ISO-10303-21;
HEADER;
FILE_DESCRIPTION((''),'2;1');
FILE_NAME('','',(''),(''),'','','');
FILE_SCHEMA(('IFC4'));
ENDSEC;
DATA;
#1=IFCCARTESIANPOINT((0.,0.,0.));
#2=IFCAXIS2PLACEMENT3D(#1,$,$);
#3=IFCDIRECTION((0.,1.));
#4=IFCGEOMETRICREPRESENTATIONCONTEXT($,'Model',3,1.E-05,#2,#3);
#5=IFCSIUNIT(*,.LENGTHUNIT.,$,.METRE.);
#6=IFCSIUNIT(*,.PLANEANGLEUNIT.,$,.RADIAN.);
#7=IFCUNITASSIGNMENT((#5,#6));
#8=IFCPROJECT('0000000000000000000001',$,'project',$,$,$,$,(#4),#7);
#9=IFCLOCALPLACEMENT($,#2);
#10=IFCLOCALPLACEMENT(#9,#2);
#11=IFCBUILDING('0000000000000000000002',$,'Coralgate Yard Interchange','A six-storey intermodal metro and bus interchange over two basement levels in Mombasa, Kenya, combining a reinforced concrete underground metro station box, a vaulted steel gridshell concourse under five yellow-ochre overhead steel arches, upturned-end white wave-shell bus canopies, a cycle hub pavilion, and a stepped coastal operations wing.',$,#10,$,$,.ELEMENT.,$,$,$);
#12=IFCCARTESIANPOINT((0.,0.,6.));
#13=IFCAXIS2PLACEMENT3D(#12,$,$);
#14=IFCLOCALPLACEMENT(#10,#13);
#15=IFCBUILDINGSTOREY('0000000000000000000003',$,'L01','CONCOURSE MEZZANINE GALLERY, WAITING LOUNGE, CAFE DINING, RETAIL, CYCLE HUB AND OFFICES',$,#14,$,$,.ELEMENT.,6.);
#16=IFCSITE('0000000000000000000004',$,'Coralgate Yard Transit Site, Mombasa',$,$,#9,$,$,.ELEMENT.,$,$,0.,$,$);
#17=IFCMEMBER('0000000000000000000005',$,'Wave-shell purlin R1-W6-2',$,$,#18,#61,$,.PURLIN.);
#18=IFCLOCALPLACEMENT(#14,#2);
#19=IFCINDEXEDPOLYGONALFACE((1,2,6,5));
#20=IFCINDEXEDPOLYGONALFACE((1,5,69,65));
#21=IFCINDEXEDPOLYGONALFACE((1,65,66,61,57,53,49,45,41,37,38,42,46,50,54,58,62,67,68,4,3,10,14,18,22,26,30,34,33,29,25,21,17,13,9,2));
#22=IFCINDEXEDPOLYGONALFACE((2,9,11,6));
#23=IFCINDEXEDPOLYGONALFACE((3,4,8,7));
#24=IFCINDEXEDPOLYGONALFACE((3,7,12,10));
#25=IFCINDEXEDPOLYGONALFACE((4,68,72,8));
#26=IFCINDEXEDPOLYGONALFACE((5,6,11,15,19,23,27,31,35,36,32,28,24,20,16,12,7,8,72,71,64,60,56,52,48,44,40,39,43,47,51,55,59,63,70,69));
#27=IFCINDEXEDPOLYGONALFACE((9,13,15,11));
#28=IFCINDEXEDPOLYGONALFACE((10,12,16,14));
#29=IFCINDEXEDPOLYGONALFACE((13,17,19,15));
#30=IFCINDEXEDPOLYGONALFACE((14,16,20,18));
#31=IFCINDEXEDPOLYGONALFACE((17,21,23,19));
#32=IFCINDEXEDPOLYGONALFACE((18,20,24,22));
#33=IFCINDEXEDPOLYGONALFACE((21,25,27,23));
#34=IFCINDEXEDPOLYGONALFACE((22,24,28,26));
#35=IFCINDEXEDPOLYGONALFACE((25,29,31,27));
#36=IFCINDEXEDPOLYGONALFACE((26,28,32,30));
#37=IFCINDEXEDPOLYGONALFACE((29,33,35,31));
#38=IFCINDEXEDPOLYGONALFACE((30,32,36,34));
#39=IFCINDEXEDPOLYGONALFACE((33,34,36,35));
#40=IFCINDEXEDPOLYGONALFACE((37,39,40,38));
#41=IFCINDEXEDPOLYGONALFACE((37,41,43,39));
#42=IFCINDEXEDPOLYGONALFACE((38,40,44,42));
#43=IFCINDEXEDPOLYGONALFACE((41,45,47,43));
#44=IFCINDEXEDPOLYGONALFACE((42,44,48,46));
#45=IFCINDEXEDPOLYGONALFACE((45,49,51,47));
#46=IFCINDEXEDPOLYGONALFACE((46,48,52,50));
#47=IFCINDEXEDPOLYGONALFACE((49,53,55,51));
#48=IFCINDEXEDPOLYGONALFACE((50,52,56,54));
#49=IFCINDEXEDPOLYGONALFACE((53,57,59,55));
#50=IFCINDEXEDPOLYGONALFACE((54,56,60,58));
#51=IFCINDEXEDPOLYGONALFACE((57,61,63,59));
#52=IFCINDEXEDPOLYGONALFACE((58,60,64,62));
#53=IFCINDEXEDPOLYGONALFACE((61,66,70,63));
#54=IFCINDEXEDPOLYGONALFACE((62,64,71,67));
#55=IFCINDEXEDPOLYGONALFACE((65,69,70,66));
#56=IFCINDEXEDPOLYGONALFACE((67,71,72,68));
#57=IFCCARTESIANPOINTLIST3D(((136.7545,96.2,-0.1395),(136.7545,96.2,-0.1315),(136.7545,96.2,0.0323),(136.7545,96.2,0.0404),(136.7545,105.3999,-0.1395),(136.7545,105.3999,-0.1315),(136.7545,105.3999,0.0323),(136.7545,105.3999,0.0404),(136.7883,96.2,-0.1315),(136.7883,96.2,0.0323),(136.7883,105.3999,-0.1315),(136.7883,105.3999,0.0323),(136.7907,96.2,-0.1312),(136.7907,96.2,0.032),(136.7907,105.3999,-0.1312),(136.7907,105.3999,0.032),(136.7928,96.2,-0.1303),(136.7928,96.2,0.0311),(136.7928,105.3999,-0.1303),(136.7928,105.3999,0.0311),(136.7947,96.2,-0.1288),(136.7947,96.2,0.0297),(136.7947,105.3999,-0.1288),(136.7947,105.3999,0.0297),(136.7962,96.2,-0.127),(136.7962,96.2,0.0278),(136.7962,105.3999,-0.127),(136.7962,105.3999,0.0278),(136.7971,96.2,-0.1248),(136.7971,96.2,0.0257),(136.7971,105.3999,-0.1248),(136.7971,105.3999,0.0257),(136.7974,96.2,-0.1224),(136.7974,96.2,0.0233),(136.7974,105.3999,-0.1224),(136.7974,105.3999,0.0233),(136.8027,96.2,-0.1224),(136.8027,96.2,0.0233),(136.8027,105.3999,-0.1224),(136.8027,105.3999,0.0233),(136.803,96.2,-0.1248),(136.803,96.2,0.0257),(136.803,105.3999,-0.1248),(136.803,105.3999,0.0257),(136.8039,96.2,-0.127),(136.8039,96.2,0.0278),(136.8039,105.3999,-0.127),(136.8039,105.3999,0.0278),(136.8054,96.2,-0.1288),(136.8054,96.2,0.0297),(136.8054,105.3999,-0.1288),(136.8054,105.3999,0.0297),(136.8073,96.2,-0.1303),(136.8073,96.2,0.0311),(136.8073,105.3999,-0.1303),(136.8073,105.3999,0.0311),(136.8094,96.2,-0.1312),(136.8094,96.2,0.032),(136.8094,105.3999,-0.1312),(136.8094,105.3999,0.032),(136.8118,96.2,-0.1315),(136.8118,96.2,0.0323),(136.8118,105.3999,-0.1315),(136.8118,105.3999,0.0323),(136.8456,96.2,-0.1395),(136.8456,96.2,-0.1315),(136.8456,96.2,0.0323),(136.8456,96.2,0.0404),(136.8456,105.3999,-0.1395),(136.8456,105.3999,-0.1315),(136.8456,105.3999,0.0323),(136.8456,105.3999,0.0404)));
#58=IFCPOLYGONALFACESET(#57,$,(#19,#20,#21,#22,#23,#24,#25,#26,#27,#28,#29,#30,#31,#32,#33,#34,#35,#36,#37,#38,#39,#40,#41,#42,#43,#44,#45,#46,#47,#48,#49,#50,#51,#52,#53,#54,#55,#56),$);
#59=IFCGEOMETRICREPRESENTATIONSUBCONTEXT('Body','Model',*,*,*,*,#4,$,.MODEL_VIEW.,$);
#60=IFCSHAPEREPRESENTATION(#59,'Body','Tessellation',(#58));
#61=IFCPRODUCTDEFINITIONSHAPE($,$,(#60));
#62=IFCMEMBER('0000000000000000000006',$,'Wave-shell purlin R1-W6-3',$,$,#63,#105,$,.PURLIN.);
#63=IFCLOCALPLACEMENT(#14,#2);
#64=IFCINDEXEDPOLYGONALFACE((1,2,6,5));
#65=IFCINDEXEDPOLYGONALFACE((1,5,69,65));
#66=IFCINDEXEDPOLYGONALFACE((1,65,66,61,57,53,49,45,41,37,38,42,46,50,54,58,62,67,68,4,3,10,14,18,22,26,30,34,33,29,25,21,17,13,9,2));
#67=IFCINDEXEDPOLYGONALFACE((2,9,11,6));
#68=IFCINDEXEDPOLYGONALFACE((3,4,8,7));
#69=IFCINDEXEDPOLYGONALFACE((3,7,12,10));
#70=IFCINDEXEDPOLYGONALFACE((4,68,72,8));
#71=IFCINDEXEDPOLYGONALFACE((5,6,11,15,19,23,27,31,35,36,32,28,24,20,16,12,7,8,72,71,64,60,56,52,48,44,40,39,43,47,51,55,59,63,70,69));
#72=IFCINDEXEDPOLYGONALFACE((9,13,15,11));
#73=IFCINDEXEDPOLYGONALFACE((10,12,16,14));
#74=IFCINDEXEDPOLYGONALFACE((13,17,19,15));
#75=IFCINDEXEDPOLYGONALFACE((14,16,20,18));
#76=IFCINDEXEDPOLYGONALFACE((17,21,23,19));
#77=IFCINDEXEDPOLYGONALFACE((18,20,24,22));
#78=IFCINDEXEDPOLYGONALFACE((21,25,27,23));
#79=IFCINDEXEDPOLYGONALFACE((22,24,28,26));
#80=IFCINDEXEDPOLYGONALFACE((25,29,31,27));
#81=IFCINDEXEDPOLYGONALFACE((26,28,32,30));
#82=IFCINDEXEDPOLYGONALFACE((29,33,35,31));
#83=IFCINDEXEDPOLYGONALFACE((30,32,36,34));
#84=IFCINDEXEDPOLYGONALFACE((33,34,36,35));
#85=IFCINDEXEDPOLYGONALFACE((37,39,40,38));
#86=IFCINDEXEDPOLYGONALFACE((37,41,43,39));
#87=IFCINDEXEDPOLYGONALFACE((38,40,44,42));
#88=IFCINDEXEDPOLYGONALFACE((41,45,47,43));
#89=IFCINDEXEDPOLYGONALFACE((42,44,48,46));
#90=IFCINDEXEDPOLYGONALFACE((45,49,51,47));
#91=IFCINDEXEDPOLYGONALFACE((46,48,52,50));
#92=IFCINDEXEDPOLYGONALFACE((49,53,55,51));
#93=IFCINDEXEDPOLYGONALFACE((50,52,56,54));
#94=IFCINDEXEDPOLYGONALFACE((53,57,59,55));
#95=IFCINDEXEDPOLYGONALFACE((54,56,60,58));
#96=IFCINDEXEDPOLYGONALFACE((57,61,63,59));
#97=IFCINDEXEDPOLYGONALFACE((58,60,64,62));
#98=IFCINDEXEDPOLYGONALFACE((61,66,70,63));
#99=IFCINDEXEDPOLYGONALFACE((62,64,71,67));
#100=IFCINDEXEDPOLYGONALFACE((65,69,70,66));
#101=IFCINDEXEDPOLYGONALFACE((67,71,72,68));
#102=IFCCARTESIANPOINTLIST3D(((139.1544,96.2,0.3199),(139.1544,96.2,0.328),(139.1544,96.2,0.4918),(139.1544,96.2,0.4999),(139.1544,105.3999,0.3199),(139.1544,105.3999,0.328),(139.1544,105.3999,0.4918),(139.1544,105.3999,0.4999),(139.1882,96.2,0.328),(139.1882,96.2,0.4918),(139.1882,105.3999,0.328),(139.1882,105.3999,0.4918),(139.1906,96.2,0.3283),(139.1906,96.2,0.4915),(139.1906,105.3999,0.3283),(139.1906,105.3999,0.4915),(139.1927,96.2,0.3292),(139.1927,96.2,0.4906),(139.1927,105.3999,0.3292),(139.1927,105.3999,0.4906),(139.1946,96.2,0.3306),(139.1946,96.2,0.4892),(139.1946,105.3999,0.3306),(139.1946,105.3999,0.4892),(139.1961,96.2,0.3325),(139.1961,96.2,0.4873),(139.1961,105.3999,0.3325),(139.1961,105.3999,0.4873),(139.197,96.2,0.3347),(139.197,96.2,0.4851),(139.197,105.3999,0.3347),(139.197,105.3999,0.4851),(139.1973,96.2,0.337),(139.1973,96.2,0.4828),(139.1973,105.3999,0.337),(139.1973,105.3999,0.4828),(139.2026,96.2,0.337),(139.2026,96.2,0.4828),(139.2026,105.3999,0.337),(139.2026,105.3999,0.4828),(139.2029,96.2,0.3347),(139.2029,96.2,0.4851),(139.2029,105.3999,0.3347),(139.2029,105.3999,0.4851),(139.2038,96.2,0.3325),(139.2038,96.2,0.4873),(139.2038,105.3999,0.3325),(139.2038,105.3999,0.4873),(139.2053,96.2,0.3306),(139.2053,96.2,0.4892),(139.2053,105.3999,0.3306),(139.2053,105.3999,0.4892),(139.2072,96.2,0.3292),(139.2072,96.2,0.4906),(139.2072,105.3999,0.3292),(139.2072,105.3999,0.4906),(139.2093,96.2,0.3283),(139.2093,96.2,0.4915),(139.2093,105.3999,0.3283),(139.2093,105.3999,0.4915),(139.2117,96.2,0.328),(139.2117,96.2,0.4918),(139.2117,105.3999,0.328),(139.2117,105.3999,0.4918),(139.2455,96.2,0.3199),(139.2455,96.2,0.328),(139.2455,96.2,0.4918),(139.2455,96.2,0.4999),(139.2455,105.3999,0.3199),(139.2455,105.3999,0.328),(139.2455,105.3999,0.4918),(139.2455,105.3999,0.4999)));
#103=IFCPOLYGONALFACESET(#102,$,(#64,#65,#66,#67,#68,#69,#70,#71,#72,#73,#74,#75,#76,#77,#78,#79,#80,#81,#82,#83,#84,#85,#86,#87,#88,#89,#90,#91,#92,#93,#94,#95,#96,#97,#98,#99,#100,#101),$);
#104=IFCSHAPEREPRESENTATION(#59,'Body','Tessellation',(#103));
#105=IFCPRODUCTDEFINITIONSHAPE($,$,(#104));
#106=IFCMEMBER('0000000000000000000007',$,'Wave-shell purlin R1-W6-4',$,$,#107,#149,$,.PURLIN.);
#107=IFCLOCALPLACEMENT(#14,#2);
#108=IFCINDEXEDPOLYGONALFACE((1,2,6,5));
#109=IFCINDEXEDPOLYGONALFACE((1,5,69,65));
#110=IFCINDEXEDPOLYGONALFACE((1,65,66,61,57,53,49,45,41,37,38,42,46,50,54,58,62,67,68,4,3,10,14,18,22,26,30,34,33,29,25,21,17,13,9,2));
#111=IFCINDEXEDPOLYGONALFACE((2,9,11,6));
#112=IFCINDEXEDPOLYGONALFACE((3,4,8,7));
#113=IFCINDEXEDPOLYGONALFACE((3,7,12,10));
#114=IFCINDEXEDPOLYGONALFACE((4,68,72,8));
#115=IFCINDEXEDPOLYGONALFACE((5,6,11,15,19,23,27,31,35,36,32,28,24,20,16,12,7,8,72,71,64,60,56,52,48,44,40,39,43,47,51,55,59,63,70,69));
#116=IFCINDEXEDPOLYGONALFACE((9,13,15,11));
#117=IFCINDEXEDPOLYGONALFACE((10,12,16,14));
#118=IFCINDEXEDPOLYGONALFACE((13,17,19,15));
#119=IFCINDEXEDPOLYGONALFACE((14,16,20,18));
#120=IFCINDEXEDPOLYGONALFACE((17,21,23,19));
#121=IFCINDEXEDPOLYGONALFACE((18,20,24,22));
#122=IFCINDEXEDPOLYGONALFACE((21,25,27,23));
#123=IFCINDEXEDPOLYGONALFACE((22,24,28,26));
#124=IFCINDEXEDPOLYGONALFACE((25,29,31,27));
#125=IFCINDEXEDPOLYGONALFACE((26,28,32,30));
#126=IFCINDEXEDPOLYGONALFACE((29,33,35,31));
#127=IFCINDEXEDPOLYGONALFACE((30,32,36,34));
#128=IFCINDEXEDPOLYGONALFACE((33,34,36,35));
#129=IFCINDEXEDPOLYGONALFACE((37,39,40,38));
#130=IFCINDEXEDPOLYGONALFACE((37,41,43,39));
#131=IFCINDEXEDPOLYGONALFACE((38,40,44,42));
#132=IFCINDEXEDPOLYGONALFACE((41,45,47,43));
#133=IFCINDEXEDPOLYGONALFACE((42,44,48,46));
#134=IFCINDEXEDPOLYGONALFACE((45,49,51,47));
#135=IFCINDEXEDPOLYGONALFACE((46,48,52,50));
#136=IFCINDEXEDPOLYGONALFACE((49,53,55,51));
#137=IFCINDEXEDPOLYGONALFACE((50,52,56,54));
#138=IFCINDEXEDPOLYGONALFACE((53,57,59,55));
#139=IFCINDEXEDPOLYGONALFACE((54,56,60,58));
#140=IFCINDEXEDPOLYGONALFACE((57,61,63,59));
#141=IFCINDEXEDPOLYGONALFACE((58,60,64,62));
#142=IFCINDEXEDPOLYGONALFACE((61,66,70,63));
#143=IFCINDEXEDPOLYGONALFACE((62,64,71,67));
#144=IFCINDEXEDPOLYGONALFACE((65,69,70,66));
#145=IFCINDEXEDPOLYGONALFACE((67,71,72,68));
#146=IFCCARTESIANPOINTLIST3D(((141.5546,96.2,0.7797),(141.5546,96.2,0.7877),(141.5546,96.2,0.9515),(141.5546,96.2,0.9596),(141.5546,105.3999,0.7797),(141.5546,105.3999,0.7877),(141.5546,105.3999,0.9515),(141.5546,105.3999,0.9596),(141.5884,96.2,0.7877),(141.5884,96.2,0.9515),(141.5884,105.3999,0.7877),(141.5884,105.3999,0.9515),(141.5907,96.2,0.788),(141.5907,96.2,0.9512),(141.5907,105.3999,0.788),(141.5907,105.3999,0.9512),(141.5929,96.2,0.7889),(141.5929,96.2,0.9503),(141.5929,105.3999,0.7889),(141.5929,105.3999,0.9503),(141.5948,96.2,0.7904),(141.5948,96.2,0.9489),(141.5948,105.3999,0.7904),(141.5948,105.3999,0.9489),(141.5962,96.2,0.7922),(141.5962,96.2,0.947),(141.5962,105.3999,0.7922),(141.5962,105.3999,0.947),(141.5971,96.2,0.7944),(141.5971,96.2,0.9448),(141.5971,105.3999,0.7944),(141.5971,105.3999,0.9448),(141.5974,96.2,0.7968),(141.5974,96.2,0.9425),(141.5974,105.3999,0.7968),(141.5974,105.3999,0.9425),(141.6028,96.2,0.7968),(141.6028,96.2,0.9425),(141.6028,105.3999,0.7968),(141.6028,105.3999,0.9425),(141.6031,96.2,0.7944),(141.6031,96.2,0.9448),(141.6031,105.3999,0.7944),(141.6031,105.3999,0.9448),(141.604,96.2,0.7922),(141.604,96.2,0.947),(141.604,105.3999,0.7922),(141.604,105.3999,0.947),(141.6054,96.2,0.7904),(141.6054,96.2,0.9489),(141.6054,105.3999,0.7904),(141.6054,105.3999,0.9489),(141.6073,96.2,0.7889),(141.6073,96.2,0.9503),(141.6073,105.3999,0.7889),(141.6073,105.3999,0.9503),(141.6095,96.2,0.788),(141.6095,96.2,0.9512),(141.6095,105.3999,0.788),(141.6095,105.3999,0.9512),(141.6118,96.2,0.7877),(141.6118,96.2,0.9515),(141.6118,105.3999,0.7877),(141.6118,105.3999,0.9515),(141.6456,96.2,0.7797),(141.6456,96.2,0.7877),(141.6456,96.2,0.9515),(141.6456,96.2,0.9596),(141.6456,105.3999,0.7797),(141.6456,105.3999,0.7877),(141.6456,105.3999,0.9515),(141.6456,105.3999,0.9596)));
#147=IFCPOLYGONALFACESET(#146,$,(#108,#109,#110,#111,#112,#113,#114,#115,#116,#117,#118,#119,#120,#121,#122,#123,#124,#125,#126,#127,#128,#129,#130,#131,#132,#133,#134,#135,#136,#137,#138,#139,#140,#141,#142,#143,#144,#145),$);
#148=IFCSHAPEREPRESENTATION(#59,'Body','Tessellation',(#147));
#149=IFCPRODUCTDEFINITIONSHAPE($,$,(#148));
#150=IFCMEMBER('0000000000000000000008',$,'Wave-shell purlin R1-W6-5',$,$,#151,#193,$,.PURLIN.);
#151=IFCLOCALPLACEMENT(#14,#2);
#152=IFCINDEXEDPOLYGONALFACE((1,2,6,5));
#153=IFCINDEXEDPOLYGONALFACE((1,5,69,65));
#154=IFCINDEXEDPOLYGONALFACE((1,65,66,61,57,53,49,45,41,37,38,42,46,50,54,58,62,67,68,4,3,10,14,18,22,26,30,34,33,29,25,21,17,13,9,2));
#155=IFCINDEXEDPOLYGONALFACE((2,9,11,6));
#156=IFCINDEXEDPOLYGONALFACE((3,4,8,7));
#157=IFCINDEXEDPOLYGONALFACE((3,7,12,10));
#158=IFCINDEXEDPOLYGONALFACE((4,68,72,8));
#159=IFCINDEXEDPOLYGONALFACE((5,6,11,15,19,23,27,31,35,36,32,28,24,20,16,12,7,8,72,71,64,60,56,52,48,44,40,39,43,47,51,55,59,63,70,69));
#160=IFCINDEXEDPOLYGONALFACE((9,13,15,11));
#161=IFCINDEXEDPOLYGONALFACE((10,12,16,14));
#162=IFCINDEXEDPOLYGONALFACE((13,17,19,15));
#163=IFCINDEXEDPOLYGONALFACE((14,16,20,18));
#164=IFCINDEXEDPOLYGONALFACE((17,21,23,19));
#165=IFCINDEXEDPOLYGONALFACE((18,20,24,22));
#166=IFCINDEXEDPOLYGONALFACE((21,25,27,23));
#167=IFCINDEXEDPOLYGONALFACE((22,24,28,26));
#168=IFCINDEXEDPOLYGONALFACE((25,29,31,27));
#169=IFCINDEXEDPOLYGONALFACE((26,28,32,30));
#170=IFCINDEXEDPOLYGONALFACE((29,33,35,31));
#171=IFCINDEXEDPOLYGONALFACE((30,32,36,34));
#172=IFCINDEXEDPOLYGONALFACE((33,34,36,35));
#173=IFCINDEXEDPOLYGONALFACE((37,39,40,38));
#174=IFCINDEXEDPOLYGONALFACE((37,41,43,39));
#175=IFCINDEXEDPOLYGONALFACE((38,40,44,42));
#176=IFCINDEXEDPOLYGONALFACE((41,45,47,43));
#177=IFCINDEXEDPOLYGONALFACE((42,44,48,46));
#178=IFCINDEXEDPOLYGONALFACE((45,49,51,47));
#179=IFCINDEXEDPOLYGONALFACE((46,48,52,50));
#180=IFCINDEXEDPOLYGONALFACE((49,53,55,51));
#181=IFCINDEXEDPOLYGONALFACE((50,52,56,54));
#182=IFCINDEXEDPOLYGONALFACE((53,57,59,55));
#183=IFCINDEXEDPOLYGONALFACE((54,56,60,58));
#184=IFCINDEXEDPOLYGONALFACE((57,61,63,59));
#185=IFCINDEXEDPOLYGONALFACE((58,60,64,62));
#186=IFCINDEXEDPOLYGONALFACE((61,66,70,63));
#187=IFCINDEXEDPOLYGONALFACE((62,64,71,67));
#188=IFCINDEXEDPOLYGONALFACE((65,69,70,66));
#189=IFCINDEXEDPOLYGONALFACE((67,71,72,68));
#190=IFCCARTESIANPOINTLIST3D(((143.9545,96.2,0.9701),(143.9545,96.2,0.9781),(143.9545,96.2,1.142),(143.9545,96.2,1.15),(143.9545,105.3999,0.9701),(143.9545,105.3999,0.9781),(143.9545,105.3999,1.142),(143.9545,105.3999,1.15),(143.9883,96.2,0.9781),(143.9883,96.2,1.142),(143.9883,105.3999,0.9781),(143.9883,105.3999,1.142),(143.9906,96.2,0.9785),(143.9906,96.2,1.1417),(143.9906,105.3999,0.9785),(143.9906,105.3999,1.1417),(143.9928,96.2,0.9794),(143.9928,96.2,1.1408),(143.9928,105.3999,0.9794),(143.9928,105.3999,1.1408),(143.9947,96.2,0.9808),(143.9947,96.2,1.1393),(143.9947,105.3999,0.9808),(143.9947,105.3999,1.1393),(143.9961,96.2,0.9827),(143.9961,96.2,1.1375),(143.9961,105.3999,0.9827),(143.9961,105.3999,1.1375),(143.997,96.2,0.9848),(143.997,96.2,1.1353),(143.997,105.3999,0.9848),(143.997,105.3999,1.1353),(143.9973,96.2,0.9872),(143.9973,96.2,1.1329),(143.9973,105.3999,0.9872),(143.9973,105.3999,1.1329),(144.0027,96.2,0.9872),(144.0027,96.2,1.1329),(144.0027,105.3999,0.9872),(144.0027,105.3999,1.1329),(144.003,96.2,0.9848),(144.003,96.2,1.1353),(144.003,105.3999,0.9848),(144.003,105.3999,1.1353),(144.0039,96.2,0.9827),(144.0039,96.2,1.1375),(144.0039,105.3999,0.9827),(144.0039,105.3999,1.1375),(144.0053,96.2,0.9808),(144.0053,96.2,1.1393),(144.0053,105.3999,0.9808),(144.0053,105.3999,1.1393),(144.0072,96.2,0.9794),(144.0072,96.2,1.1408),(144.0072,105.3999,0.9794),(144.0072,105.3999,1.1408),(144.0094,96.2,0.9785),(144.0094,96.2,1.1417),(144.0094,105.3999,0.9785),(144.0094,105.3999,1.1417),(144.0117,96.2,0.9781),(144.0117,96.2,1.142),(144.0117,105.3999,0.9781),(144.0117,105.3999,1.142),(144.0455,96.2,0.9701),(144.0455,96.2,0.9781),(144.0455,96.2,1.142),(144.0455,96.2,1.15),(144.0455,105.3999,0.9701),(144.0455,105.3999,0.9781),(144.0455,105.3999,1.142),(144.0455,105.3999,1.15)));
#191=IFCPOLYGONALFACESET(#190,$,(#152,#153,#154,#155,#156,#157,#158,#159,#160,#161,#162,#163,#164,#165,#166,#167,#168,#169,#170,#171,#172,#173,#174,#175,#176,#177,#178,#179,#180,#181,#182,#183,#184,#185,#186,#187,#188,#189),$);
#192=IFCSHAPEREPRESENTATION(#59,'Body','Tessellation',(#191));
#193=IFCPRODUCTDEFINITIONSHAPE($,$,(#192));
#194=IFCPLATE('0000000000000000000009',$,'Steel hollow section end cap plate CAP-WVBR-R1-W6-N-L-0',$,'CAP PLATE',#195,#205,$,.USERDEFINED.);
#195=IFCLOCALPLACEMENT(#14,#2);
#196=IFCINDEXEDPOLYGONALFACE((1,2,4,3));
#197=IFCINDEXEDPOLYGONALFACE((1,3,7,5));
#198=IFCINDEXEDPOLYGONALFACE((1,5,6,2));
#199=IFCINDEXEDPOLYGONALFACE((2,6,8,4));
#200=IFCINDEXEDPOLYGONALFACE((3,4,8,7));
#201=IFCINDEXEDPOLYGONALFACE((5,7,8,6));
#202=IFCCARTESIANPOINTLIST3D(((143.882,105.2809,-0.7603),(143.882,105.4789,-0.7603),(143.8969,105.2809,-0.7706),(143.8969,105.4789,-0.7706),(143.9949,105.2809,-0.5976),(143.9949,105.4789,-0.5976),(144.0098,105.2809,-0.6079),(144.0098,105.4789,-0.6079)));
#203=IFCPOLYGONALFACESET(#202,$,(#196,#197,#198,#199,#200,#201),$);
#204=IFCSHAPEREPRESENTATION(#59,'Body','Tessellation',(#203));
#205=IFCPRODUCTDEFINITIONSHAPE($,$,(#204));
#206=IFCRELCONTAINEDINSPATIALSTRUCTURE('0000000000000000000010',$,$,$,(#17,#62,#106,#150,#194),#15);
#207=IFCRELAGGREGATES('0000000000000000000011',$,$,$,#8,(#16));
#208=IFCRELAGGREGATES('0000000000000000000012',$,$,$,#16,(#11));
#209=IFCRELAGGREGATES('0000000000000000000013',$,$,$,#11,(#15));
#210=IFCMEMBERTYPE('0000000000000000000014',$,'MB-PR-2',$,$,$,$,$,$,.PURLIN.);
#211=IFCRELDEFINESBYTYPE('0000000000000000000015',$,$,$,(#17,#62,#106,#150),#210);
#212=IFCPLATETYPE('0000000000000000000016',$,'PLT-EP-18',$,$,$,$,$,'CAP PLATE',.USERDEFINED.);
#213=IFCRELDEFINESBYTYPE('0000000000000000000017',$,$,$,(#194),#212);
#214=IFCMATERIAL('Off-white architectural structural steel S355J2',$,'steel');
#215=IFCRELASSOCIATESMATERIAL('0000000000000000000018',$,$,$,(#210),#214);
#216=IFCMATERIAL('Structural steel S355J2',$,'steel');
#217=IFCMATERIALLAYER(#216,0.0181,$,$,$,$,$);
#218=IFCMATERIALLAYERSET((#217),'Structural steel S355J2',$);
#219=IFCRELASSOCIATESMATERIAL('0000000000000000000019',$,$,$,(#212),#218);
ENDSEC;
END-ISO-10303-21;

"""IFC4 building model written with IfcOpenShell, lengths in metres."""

from ifc_helpers import new_model, si_unit, direction, frame, origin, origin_2d, place, context, subcontext, project, spatial, rectangle, i_section, extrude, material, layer, layer_set, material_profile, profile_set, type_object, element, save


model = new_model("IFC4")

# Units and contexts
model_context = context("Model", 3, precision=1e-05, world=origin(), true_north=direction((0.0, 1.0)))
body_context = subcontext(model_context, "Body", "Model", "MODEL_VIEW")
ifc_project = project(units=[si_unit("LENGTHUNIT", "METRE"), si_unit("PLANEANGLEUNIT", "RADIAN")], contexts=[model_context])

# Site, building, storey
site_placement = place(None, origin())
site = spatial("IfcSite", under=ifc_project, at=site_placement, Name="Coralgate Yard Transit Site, Mombasa", CompositionType="ELEMENT", RefElevation=0.0)
building_placement = place(site_placement, origin())
building = spatial("IfcBuilding", under=site, at=building_placement, Name="Coralgate Yard Interchange", Description="A six-storey intermodal metro and bus interchange over two basement levels in Mombasa, Kenya, combining a reinforced concrete underground metro station box, a vaulted steel gridshell concourse under five yellow-ochre overhead steel arches, upturned-end white wave-shell bus canopies, a cycle hub pavilion, and a stepped coastal operations wing.", CompositionType="ELEMENT")
storey_placement = place(building_placement, frame((0.0, 0.0, 6.0)))
storey = spatial("IfcBuildingStorey", under=building, at=storey_placement, Name="L01", Description="CONCOURSE MEZZANINE GALLERY, WAITING LOUNGE, CAFE DINING, RETAIL, CYCLE HUB AND OFFICES", CompositionType="ELEMENT", Elevation=6.0)

# Shared definitions
ifc_material_1 = material(Name="Structural steel S355J2", Category="steel")

# Shared definitions
ifc_material_2 = material(Name="Off-white architectural structural steel S355J2", Category="steel")

# Members
ifc_material_profile_1 = material_profile(ifc_material_2, i_section(OverallWidth=0.0911, OverallDepth=0.1799, WebThickness=0.0054, FlangeThickness=0.0081, FilletRadius=0.009, at=origin_2d()), Name="IPE 180")
ifc_profile_set_1 = profile_set([ifc_material_profile_1], Name="Off-white architectural structural steel S355J2")
member_type_1 = type_object("IfcMemberType", Name="MB-PR-2", PredefinedType="PURLIN", material=ifc_profile_set_1)
for number, where, z_axis, x_axis, name in (
    (1, (136.8, 96.2, -0.0496), (0.0, 1.0, 0.0), (-1.0, 0.0, 0.0), "Wave-shell purlin R1-W6-2"),
    (2, (139.2, 96.2, 0.4099), (0.0, 1.0, 0.0), (-1.0, 0.0, 0.0), "Wave-shell purlin R1-W6-3"),
    (3, (141.6001, 96.2, 0.8696), (0.0, 1.0, 0.0), (-1.0, 0.0, 0.0), "Wave-shell purlin R1-W6-4"),
    (4, (144.0, 96.2, 1.0601), (0.0, 1.0, 0.0), (-1.0, 0.0, 0.0), "Wave-shell purlin R1-W6-5"),
):
    element("IfcMember", number, at=place(storey_placement, frame(where, z_axis=z_axis, x_axis=x_axis)), inside=storey, type_object=member_type_1, Name=name, PredefinedType="PURLIN", context=body_context, shape_type="SweptSolid", body=[
        extrude(i_section(OverallWidth=0.0911, OverallDepth=0.1799, WebThickness=0.0054, FlangeThickness=0.0081, FilletRadius=0.009, at=origin_2d()), origin(), (0.0, 0.0, 1.0), 9.2),
    ])

# Plate
ifc_layer_1 = layer(ifc_material_1, 0.0181)
ifc_layer_set_1 = layer_set([ifc_layer_1], Name="Structural steel S355J2")
plate_type = type_object("IfcPlateType", Name="PLT-EP-18", ElementType="CAP PLATE", PredefinedType="USERDEFINED", material=ifc_layer_set_1)
for number, where, z_axis, x_axis, name in (
    (5, (143.9385, 105.3799, -0.679), (0.821436, 0.0, -0.570301), (0.0, 1.0, 0.0), "Steel hollow section end cap plate CAP-WVBR-R1-W6-N-L-0"),
):
    element("IfcPlate", number, at=place(storey_placement, frame(where, z_axis=z_axis, x_axis=x_axis)), inside=storey, type_object=plate_type, Name=name, ObjectType="CAP PLATE", PredefinedType="USERDEFINED", context=body_context, shape_type="SweptSolid", body=[
        extrude(rectangle(XDim=0.198, YDim=0.198, at=origin_2d()), origin(), (0.0, 0.0, 1.0), 0.0181),
    ])

save(model, "model.ifc")
